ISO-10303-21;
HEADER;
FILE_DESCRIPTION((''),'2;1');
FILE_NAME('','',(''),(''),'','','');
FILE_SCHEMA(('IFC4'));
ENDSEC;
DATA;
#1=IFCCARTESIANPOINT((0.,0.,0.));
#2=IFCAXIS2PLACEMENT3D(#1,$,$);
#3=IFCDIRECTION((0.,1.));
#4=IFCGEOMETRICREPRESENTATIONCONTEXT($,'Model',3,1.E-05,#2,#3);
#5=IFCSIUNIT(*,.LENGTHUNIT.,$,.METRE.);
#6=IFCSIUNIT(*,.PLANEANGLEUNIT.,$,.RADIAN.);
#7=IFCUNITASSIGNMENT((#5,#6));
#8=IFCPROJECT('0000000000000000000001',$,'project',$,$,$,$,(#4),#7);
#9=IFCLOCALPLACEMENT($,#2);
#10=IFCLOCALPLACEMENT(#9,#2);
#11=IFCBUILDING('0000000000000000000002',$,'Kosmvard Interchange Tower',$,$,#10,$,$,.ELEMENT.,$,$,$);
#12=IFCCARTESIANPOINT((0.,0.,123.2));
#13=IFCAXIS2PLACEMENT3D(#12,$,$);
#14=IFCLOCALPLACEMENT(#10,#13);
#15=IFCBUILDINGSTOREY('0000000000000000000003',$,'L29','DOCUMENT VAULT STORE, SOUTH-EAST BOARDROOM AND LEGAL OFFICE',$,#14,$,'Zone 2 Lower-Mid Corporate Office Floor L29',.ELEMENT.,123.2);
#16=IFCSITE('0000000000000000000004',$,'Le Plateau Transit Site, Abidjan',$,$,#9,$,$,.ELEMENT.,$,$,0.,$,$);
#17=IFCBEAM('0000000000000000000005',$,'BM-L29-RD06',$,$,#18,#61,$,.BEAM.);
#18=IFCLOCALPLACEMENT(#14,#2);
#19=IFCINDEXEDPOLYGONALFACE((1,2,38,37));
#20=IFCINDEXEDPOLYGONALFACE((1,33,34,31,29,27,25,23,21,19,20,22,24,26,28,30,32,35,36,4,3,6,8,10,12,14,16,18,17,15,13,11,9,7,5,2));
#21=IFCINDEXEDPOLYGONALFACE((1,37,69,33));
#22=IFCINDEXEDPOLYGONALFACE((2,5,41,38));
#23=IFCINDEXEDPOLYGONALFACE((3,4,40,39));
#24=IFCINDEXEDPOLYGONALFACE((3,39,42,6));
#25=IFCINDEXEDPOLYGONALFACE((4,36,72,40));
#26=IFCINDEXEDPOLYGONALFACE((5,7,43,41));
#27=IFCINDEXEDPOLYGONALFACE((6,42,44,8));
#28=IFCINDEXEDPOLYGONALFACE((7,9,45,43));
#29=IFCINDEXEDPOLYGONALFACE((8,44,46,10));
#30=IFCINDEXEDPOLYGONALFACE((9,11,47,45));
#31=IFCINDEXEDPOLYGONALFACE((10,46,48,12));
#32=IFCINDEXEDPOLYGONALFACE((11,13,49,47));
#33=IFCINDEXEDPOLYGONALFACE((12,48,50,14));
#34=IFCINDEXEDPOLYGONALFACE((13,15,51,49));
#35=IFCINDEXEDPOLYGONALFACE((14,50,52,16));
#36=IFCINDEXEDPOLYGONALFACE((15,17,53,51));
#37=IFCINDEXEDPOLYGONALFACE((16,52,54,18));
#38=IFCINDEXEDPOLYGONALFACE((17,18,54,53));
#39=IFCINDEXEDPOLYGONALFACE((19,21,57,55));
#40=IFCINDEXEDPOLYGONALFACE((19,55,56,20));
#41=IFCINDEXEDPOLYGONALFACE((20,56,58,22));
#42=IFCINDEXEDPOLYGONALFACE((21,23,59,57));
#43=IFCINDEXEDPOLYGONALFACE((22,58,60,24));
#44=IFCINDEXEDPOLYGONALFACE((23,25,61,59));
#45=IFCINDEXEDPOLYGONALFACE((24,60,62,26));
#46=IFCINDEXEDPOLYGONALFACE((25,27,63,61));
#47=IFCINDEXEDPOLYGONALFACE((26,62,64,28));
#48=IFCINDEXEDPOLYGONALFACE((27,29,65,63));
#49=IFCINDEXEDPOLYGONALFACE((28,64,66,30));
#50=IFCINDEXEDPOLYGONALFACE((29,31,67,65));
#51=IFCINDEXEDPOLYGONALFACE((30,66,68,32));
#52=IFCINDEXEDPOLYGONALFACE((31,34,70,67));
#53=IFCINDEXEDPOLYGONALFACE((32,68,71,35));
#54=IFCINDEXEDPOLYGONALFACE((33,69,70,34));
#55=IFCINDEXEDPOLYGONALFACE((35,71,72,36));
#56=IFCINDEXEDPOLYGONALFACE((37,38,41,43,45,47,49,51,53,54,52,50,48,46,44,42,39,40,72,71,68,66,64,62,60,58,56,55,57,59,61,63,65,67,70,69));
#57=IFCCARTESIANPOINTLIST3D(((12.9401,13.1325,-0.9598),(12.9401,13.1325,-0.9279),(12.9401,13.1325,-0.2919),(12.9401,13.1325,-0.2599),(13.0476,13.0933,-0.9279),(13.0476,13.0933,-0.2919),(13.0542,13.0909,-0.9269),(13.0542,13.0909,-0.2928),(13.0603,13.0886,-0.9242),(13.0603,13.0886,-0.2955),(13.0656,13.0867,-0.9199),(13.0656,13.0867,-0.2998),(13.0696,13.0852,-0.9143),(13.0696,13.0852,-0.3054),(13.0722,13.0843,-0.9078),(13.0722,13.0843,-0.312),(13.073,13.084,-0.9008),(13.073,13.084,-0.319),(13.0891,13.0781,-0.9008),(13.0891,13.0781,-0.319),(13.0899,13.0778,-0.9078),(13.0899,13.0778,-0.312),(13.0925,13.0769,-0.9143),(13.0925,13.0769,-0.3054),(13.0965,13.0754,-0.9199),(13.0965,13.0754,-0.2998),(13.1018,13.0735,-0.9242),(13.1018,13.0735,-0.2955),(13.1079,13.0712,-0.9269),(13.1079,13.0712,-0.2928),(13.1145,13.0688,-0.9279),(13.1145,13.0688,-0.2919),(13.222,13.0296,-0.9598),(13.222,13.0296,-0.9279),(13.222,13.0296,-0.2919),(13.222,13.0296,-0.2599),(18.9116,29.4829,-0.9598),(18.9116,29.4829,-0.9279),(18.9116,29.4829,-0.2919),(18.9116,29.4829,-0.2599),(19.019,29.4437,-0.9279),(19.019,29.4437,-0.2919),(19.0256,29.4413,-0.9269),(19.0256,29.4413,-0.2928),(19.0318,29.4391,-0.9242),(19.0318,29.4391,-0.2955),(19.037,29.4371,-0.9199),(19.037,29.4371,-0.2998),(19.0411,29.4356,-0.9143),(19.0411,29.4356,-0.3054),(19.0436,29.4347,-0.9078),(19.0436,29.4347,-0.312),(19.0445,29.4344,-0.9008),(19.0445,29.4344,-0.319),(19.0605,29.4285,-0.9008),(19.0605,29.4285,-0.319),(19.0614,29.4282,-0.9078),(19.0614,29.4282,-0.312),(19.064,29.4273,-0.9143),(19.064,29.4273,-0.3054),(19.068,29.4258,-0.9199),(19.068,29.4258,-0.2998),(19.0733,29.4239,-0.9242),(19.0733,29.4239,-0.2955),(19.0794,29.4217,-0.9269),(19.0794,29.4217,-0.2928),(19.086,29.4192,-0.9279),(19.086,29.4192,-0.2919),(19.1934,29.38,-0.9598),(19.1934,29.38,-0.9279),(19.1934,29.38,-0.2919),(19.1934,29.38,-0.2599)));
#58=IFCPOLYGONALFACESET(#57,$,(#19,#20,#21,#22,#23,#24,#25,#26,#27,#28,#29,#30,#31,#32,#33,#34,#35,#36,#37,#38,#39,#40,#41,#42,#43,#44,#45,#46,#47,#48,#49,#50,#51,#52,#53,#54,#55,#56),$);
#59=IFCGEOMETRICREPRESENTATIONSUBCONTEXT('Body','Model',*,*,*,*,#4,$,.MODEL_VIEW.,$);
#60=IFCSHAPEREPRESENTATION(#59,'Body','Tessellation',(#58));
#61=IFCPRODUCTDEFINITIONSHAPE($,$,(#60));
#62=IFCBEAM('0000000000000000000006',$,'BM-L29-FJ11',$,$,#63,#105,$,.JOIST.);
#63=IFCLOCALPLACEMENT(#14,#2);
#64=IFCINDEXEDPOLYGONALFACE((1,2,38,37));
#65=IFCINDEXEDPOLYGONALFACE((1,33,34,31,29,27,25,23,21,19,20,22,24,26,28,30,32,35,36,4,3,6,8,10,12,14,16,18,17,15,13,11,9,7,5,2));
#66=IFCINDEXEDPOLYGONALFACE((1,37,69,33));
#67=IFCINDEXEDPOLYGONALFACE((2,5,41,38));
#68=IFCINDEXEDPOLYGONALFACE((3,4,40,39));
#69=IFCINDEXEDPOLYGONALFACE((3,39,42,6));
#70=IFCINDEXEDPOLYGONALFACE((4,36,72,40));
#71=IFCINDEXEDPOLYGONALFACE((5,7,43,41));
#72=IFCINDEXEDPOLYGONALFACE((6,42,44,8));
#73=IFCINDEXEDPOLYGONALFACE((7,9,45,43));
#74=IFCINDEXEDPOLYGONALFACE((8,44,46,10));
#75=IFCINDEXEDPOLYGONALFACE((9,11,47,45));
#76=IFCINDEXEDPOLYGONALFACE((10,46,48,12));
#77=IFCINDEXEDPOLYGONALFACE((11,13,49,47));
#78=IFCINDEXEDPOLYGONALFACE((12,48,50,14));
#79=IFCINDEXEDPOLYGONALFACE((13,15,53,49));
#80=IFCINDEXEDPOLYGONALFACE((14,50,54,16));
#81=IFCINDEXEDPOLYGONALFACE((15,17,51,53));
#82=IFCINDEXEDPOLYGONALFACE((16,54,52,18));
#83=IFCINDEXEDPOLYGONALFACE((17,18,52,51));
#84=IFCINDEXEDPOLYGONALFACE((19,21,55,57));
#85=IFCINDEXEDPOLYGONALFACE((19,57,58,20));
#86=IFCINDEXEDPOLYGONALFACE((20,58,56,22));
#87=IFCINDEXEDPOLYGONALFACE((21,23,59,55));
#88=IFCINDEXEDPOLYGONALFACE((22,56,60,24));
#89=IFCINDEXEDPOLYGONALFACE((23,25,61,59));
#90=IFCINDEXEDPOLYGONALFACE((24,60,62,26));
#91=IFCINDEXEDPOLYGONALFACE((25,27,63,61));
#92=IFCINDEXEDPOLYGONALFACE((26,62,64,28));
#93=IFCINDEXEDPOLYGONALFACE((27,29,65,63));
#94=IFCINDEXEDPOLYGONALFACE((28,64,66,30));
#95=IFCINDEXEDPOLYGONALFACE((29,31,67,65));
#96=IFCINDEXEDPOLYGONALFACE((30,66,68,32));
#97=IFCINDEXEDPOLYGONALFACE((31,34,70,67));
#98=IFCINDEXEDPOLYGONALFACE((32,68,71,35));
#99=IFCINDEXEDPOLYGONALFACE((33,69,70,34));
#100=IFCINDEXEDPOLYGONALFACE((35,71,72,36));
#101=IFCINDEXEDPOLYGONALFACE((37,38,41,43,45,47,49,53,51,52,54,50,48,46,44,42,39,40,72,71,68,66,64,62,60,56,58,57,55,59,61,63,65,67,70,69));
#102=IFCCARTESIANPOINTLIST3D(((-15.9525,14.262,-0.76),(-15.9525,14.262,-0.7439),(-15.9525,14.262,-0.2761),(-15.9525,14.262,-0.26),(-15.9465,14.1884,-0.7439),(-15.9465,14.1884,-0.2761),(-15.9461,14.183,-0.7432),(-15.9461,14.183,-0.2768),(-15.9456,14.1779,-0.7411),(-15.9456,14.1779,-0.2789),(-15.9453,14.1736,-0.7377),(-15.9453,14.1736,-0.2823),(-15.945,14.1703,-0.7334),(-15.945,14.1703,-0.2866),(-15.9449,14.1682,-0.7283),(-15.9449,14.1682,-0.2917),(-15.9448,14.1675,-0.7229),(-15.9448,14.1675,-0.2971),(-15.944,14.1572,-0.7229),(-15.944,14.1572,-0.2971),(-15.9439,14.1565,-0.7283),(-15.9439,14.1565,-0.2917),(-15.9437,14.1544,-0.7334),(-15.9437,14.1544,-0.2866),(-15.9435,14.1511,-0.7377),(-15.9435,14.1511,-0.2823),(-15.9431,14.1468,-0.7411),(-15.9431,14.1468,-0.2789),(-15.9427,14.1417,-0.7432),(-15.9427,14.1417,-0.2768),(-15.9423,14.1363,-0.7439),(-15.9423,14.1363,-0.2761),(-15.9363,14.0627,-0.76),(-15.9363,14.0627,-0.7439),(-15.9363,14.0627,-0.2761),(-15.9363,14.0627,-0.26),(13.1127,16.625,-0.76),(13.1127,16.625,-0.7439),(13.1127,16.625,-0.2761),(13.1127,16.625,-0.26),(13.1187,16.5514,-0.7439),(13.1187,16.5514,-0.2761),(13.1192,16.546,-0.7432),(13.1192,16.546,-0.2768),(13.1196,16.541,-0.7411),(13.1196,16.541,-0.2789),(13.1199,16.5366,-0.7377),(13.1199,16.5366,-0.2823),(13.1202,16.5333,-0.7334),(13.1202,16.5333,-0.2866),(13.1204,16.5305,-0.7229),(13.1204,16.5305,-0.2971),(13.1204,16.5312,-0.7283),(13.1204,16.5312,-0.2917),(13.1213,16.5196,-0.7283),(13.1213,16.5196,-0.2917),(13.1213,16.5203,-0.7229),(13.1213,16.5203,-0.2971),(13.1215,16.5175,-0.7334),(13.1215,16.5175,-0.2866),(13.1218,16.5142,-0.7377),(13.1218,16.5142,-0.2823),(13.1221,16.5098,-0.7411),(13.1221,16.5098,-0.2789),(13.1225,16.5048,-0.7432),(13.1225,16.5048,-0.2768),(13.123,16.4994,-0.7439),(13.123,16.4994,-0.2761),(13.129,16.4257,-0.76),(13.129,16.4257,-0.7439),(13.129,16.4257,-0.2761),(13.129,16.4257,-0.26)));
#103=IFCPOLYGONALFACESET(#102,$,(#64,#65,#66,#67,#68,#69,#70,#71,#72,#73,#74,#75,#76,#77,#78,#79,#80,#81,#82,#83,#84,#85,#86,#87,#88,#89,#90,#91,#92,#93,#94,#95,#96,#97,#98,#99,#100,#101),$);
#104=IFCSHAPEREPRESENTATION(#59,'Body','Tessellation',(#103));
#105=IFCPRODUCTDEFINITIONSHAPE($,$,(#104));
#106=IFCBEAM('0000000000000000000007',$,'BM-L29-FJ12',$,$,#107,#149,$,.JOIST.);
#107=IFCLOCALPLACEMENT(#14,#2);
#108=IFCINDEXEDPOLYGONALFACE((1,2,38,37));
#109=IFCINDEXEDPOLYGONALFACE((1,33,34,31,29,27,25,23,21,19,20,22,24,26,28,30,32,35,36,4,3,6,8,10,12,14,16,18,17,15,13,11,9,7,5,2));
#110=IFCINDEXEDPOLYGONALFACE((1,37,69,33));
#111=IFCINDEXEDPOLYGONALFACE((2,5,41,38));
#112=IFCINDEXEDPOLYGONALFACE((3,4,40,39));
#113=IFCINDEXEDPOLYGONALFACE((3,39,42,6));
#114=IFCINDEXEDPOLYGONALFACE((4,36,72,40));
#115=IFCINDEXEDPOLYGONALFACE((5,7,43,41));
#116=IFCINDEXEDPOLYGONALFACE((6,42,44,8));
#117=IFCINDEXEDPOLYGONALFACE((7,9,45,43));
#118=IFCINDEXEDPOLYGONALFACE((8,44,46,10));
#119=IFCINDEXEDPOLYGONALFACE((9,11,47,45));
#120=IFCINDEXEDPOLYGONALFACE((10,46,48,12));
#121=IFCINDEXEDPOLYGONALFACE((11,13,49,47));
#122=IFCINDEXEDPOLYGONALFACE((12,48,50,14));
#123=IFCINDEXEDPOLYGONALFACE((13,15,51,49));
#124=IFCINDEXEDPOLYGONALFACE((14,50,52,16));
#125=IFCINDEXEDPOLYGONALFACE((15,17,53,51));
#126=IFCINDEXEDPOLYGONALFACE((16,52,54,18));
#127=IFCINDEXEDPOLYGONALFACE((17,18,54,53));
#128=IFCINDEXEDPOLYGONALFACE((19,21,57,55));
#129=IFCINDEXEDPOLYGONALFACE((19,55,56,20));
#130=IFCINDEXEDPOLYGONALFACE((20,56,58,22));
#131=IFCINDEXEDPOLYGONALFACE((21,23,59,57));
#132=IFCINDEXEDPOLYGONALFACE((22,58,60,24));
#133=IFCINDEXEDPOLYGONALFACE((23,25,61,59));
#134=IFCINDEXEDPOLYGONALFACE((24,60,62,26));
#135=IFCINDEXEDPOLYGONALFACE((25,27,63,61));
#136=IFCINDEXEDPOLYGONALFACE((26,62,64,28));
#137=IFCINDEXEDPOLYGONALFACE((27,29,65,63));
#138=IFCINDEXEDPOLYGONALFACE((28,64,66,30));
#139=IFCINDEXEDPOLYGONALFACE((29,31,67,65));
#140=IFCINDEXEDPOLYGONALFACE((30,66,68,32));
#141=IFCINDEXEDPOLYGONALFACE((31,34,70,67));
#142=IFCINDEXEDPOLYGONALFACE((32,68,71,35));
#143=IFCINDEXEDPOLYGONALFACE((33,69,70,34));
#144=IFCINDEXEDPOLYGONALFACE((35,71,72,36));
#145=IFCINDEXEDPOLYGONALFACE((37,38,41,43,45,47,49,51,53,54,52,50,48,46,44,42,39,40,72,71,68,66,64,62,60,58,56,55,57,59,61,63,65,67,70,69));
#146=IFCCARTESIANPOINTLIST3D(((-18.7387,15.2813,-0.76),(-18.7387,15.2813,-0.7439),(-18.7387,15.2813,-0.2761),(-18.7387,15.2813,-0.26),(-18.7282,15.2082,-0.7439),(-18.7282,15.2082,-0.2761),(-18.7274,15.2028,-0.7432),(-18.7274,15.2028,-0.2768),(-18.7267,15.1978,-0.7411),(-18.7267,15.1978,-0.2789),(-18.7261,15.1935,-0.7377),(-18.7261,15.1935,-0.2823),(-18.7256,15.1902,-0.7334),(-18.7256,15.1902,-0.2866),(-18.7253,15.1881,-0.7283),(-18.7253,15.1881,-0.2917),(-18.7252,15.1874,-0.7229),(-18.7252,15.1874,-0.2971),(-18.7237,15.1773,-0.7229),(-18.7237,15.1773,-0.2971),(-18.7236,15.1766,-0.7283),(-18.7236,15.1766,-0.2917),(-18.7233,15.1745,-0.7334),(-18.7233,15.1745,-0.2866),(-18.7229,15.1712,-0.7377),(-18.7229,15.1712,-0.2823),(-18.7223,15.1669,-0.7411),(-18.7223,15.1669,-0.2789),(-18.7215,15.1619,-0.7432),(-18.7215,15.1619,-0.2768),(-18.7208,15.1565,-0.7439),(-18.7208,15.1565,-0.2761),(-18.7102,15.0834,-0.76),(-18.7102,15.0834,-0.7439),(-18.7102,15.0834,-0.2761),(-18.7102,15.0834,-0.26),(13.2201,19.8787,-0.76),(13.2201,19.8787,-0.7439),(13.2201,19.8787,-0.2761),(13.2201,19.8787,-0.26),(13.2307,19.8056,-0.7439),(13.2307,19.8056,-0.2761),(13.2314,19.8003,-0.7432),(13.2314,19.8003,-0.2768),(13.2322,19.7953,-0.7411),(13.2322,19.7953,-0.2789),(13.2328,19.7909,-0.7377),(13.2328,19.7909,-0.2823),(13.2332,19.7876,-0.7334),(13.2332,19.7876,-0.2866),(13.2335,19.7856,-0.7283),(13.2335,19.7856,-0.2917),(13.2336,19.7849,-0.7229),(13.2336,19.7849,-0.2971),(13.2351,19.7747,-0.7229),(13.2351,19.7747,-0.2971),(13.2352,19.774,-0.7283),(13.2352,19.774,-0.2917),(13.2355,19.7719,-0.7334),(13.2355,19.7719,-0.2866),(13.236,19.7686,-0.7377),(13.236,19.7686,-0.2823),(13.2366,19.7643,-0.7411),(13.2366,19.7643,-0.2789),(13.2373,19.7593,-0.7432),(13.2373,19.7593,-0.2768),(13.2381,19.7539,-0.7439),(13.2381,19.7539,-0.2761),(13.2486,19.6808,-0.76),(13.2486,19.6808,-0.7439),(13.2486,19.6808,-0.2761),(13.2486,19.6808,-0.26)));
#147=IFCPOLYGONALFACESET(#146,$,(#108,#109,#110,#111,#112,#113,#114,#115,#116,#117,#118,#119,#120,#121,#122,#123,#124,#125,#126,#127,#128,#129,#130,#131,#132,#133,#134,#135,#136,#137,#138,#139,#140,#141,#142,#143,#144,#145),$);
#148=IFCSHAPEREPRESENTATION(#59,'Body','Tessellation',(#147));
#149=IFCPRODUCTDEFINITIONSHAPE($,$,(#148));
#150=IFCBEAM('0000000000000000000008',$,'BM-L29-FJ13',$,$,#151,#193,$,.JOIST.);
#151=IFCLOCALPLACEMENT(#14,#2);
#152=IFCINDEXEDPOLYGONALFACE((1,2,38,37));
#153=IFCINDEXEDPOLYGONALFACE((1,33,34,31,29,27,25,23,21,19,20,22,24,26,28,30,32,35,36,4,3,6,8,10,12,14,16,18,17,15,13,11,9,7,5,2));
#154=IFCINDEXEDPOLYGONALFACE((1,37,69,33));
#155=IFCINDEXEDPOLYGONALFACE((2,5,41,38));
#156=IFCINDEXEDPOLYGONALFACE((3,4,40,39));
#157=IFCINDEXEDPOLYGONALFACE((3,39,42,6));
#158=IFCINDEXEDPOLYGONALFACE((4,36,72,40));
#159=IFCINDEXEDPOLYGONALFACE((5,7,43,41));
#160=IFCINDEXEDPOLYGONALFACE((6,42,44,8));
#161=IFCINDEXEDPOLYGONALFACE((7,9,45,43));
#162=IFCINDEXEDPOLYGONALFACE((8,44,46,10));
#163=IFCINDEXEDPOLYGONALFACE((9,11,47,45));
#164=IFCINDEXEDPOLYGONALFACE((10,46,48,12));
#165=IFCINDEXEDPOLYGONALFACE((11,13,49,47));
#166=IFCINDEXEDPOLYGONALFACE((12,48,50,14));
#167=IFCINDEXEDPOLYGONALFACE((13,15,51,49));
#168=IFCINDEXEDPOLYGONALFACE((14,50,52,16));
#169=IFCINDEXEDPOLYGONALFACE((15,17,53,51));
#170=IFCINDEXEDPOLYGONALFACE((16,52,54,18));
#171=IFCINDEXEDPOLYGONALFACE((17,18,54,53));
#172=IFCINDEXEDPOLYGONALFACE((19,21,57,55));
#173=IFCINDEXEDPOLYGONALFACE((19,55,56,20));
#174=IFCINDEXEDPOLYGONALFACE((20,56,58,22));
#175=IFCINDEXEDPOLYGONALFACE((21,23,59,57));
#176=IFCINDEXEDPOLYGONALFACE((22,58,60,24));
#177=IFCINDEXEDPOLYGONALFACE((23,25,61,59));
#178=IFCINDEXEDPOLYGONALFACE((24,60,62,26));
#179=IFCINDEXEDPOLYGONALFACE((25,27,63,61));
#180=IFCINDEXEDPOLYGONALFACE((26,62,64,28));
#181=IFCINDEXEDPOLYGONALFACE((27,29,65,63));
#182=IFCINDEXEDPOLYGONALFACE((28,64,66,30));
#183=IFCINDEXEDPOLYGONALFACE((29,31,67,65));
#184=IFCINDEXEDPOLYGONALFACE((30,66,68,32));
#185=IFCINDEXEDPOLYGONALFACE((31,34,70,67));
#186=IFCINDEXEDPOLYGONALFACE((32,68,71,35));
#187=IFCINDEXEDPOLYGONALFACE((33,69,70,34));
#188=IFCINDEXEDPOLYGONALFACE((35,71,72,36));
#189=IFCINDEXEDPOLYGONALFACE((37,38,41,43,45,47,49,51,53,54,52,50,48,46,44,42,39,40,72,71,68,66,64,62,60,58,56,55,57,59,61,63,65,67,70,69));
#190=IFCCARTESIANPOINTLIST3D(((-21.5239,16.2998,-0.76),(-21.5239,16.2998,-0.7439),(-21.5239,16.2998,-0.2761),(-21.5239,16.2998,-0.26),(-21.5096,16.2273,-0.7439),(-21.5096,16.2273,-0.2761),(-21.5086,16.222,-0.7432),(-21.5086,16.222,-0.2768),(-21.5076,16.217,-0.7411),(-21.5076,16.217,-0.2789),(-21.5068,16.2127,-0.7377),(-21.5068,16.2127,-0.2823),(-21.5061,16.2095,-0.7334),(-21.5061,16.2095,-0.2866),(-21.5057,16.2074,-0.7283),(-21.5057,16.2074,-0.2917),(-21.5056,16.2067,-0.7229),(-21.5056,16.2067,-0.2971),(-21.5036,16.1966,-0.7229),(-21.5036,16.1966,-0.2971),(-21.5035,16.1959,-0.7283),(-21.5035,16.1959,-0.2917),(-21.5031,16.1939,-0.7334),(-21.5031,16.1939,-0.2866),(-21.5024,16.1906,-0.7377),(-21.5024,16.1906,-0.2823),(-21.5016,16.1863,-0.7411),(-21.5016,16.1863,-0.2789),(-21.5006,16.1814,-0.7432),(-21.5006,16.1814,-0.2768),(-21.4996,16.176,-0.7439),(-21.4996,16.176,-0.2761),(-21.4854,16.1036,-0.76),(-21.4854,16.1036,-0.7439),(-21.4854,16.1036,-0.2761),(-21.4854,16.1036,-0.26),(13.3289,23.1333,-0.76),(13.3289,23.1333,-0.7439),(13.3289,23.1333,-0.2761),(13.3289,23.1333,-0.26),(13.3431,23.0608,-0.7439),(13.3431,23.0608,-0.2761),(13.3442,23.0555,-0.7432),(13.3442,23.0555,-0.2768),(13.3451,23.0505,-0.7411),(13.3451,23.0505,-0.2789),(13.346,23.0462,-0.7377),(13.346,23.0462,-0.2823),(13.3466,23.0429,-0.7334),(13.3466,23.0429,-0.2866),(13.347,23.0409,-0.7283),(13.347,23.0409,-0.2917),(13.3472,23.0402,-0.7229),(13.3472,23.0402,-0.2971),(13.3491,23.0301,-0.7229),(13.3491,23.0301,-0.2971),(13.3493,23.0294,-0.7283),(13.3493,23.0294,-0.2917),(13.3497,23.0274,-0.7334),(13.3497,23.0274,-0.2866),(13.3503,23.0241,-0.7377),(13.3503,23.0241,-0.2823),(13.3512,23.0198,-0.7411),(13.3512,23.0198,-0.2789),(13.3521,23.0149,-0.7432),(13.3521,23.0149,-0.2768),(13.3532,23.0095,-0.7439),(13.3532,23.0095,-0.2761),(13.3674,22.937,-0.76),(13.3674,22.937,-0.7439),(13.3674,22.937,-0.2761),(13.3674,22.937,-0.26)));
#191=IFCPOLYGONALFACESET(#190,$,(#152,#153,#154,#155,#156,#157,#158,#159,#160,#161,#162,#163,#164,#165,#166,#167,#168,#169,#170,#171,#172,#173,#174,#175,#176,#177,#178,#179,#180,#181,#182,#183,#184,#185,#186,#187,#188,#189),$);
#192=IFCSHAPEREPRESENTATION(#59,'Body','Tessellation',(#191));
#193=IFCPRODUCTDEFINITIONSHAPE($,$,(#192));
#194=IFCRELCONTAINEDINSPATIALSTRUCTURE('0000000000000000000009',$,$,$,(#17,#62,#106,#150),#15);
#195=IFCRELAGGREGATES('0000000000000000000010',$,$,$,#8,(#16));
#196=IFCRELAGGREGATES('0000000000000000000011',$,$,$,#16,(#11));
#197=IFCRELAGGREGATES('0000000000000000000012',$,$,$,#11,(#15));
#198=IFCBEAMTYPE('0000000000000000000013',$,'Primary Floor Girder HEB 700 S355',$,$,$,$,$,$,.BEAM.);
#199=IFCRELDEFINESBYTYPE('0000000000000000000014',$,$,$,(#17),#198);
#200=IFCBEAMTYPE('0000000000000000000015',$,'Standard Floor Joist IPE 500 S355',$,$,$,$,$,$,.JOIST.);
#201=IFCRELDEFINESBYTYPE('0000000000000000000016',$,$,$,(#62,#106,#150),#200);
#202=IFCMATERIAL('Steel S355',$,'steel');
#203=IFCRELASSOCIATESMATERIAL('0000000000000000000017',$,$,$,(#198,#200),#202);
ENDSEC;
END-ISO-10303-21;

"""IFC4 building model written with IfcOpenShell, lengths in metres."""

from ifc_helpers import new_model, si_unit, direction, frame, origin, origin_2d, place, context, subcontext, project, spatial, i_section, extrude, source, transform, mapped, material, material_profile, profile_set, type_object, element, save


model = new_model("IFC4")

# Units and contexts
model_context = context("Model", 3, precision=1e-05, world=origin(), true_north=direction((0.0, 1.0)))
body_context = subcontext(model_context, "Body", "Model", "MODEL_VIEW")
ifc_project = project(units=[si_unit("LENGTHUNIT", "METRE"), si_unit("PLANEANGLEUNIT", "RADIAN")], contexts=[model_context])

# Site, building, storey
site_placement = place(None, origin())
site = spatial("IfcSite", under=ifc_project, at=site_placement, Name="Le Plateau Transit Site, Abidjan", CompositionType="ELEMENT", RefElevation=0.0)
building_placement = place(site_placement, origin())
building = spatial("IfcBuilding", under=site, at=building_placement, Name="Kosmvard Interchange Tower", CompositionType="ELEMENT")
storey_placement = place(building_placement, frame((0.0, 0.0, 123.2)))
storey = spatial("IfcBuildingStorey", under=building, at=storey_placement, Name="L29", Description="DOCUMENT VAULT STORE, SOUTH-EAST BOARDROOM AND LEGAL OFFICE", LongName="Zone 2 Lower-Mid Corporate Office Floor L29", CompositionType="ELEMENT", Elevation=123.2)

# Beams
ifc_material_1 = material(Name="Steel S355", Category="steel")
ifc_material_profile_1 = material_profile(ifc_material_1, i_section(OverallWidth=0.3, OverallDepth=0.7, WebThickness=0.0171, FlangeThickness=0.032, FilletRadius=0.0271, at=origin_2d()), Name="HEB 700")
ifc_profile_set_1 = profile_set([ifc_material_profile_1], Name="Steel S355")
beam_type_1 = type_object("IfcBeamType", Name="Primary Floor Girder HEB 700 S355", PredefinedType="BEAM", material=ifc_profile_set_1)
shared_shape_1 = source(origin(), body_context, "Body", "SweptSolid", [
    extrude(i_section(OverallWidth=0.3, OverallDepth=0.7, WebThickness=0.0171, FlangeThickness=0.032, FilletRadius=0.0271, at=origin_2d()), origin(), (0.0, 0.0, 1.0), 17.4067),
])
beam_1_placement = place(storey_placement, frame((13.0811, 13.0811, -0.6099), z_axis=(0.343055, 0.939315, 0.0), x_axis=(-0.939315, 0.343055, 0.0)))
element("IfcBeam", 1, at=beam_1_placement, inside=storey, type_object=beam_type_1, Name="BM-L29-RD06", PredefinedType="BEAM", context=body_context, shape_type="MappedRepresentation", body=[
    mapped(shared_shape_1, transform((0.0, 0.0, 0.0), scale=1.0)),
])
ifc_material_profile_2 = material_profile(ifc_material_1, i_section(OverallWidth=0.2, OverallDepth=0.5, WebThickness=0.0103, FlangeThickness=0.0161, FilletRadius=0.021, at=origin_2d()), Name="IPE 500")
ifc_profile_set_2 = profile_set([ifc_material_profile_2], Name="Steel S355")
beam_type_2 = type_object("IfcBeamType", Name="Standard Floor Joist IPE 500 S355", PredefinedType="JOIST", material=ifc_profile_set_2)
shared_shape_2 = source(origin(), body_context, "Body", "SweptSolid", [
    extrude(i_section(OverallWidth=0.2, OverallDepth=0.5, WebThickness=0.0103, FlangeThickness=0.0161, FilletRadius=0.021, at=origin_2d()), origin(), (0.0, 0.0, 1.0), 29.1611),
])
beam_2_placement = place(storey_placement, frame((13.1208, 16.5254, -0.51), z_axis=(-0.996711, -0.081034, 0.0), x_axis=(0.081034, -0.996711, 0.0)))
element("IfcBeam", 2, at=beam_2_placement, inside=storey, type_object=beam_type_2, Name="BM-L29-FJ11", PredefinedType="JOIST", context=body_context, shape_type="MappedRepresentation", body=[
    mapped(shared_shape_2, transform((0.0, 0.0, 0.0), scale=1.0)),
])
shared_shape_3 = source(origin(), body_context, "Body", "SweptSolid", [
    extrude(i_section(OverallWidth=0.2, OverallDepth=0.5, WebThickness=0.0103, FlangeThickness=0.0161, FilletRadius=0.021, at=origin_2d()), origin(), (0.0, 0.0, 1.0), 32.2878),
])
beam_3_placement = place(storey_placement, frame((13.2344, 19.7798, -0.51), z_axis=(-0.989811, -0.142389, 0.0), x_axis=(0.142389, -0.989811, 0.0)))
element("IfcBeam", 3, at=beam_3_placement, inside=storey, type_object=beam_type_2, Name="BM-L29-FJ12", PredefinedType="JOIST", context=body_context, shape_type="MappedRepresentation", body=[
    mapped(shared_shape_3, transform((0.0, 0.0, 0.0), scale=1.0)),
])
shared_shape_4 = source(origin(), body_context, "Body", "SweptSolid", [
    extrude(i_section(OverallWidth=0.2, OverallDepth=0.5, WebThickness=0.0103, FlangeThickness=0.0161, FilletRadius=0.021, at=origin_2d()), origin(), (0.0, 0.0, 1.0), 35.5164),
])
beam_4_placement = place(storey_placement, frame((13.3481, 23.0352, -0.51), z_axis=(-0.981316, -0.192404, 0.0), x_axis=(0.192404, -0.981316, 0.0)))
element("IfcBeam", 4, at=beam_4_placement, inside=storey, type_object=beam_type_2, Name="BM-L29-FJ13", PredefinedType="JOIST", context=body_context, shape_type="MappedRepresentation", body=[
    mapped(shared_shape_4, transform((0.0, 0.0, 0.0), scale=1.0)),
])

save(model, "model.ifc")
